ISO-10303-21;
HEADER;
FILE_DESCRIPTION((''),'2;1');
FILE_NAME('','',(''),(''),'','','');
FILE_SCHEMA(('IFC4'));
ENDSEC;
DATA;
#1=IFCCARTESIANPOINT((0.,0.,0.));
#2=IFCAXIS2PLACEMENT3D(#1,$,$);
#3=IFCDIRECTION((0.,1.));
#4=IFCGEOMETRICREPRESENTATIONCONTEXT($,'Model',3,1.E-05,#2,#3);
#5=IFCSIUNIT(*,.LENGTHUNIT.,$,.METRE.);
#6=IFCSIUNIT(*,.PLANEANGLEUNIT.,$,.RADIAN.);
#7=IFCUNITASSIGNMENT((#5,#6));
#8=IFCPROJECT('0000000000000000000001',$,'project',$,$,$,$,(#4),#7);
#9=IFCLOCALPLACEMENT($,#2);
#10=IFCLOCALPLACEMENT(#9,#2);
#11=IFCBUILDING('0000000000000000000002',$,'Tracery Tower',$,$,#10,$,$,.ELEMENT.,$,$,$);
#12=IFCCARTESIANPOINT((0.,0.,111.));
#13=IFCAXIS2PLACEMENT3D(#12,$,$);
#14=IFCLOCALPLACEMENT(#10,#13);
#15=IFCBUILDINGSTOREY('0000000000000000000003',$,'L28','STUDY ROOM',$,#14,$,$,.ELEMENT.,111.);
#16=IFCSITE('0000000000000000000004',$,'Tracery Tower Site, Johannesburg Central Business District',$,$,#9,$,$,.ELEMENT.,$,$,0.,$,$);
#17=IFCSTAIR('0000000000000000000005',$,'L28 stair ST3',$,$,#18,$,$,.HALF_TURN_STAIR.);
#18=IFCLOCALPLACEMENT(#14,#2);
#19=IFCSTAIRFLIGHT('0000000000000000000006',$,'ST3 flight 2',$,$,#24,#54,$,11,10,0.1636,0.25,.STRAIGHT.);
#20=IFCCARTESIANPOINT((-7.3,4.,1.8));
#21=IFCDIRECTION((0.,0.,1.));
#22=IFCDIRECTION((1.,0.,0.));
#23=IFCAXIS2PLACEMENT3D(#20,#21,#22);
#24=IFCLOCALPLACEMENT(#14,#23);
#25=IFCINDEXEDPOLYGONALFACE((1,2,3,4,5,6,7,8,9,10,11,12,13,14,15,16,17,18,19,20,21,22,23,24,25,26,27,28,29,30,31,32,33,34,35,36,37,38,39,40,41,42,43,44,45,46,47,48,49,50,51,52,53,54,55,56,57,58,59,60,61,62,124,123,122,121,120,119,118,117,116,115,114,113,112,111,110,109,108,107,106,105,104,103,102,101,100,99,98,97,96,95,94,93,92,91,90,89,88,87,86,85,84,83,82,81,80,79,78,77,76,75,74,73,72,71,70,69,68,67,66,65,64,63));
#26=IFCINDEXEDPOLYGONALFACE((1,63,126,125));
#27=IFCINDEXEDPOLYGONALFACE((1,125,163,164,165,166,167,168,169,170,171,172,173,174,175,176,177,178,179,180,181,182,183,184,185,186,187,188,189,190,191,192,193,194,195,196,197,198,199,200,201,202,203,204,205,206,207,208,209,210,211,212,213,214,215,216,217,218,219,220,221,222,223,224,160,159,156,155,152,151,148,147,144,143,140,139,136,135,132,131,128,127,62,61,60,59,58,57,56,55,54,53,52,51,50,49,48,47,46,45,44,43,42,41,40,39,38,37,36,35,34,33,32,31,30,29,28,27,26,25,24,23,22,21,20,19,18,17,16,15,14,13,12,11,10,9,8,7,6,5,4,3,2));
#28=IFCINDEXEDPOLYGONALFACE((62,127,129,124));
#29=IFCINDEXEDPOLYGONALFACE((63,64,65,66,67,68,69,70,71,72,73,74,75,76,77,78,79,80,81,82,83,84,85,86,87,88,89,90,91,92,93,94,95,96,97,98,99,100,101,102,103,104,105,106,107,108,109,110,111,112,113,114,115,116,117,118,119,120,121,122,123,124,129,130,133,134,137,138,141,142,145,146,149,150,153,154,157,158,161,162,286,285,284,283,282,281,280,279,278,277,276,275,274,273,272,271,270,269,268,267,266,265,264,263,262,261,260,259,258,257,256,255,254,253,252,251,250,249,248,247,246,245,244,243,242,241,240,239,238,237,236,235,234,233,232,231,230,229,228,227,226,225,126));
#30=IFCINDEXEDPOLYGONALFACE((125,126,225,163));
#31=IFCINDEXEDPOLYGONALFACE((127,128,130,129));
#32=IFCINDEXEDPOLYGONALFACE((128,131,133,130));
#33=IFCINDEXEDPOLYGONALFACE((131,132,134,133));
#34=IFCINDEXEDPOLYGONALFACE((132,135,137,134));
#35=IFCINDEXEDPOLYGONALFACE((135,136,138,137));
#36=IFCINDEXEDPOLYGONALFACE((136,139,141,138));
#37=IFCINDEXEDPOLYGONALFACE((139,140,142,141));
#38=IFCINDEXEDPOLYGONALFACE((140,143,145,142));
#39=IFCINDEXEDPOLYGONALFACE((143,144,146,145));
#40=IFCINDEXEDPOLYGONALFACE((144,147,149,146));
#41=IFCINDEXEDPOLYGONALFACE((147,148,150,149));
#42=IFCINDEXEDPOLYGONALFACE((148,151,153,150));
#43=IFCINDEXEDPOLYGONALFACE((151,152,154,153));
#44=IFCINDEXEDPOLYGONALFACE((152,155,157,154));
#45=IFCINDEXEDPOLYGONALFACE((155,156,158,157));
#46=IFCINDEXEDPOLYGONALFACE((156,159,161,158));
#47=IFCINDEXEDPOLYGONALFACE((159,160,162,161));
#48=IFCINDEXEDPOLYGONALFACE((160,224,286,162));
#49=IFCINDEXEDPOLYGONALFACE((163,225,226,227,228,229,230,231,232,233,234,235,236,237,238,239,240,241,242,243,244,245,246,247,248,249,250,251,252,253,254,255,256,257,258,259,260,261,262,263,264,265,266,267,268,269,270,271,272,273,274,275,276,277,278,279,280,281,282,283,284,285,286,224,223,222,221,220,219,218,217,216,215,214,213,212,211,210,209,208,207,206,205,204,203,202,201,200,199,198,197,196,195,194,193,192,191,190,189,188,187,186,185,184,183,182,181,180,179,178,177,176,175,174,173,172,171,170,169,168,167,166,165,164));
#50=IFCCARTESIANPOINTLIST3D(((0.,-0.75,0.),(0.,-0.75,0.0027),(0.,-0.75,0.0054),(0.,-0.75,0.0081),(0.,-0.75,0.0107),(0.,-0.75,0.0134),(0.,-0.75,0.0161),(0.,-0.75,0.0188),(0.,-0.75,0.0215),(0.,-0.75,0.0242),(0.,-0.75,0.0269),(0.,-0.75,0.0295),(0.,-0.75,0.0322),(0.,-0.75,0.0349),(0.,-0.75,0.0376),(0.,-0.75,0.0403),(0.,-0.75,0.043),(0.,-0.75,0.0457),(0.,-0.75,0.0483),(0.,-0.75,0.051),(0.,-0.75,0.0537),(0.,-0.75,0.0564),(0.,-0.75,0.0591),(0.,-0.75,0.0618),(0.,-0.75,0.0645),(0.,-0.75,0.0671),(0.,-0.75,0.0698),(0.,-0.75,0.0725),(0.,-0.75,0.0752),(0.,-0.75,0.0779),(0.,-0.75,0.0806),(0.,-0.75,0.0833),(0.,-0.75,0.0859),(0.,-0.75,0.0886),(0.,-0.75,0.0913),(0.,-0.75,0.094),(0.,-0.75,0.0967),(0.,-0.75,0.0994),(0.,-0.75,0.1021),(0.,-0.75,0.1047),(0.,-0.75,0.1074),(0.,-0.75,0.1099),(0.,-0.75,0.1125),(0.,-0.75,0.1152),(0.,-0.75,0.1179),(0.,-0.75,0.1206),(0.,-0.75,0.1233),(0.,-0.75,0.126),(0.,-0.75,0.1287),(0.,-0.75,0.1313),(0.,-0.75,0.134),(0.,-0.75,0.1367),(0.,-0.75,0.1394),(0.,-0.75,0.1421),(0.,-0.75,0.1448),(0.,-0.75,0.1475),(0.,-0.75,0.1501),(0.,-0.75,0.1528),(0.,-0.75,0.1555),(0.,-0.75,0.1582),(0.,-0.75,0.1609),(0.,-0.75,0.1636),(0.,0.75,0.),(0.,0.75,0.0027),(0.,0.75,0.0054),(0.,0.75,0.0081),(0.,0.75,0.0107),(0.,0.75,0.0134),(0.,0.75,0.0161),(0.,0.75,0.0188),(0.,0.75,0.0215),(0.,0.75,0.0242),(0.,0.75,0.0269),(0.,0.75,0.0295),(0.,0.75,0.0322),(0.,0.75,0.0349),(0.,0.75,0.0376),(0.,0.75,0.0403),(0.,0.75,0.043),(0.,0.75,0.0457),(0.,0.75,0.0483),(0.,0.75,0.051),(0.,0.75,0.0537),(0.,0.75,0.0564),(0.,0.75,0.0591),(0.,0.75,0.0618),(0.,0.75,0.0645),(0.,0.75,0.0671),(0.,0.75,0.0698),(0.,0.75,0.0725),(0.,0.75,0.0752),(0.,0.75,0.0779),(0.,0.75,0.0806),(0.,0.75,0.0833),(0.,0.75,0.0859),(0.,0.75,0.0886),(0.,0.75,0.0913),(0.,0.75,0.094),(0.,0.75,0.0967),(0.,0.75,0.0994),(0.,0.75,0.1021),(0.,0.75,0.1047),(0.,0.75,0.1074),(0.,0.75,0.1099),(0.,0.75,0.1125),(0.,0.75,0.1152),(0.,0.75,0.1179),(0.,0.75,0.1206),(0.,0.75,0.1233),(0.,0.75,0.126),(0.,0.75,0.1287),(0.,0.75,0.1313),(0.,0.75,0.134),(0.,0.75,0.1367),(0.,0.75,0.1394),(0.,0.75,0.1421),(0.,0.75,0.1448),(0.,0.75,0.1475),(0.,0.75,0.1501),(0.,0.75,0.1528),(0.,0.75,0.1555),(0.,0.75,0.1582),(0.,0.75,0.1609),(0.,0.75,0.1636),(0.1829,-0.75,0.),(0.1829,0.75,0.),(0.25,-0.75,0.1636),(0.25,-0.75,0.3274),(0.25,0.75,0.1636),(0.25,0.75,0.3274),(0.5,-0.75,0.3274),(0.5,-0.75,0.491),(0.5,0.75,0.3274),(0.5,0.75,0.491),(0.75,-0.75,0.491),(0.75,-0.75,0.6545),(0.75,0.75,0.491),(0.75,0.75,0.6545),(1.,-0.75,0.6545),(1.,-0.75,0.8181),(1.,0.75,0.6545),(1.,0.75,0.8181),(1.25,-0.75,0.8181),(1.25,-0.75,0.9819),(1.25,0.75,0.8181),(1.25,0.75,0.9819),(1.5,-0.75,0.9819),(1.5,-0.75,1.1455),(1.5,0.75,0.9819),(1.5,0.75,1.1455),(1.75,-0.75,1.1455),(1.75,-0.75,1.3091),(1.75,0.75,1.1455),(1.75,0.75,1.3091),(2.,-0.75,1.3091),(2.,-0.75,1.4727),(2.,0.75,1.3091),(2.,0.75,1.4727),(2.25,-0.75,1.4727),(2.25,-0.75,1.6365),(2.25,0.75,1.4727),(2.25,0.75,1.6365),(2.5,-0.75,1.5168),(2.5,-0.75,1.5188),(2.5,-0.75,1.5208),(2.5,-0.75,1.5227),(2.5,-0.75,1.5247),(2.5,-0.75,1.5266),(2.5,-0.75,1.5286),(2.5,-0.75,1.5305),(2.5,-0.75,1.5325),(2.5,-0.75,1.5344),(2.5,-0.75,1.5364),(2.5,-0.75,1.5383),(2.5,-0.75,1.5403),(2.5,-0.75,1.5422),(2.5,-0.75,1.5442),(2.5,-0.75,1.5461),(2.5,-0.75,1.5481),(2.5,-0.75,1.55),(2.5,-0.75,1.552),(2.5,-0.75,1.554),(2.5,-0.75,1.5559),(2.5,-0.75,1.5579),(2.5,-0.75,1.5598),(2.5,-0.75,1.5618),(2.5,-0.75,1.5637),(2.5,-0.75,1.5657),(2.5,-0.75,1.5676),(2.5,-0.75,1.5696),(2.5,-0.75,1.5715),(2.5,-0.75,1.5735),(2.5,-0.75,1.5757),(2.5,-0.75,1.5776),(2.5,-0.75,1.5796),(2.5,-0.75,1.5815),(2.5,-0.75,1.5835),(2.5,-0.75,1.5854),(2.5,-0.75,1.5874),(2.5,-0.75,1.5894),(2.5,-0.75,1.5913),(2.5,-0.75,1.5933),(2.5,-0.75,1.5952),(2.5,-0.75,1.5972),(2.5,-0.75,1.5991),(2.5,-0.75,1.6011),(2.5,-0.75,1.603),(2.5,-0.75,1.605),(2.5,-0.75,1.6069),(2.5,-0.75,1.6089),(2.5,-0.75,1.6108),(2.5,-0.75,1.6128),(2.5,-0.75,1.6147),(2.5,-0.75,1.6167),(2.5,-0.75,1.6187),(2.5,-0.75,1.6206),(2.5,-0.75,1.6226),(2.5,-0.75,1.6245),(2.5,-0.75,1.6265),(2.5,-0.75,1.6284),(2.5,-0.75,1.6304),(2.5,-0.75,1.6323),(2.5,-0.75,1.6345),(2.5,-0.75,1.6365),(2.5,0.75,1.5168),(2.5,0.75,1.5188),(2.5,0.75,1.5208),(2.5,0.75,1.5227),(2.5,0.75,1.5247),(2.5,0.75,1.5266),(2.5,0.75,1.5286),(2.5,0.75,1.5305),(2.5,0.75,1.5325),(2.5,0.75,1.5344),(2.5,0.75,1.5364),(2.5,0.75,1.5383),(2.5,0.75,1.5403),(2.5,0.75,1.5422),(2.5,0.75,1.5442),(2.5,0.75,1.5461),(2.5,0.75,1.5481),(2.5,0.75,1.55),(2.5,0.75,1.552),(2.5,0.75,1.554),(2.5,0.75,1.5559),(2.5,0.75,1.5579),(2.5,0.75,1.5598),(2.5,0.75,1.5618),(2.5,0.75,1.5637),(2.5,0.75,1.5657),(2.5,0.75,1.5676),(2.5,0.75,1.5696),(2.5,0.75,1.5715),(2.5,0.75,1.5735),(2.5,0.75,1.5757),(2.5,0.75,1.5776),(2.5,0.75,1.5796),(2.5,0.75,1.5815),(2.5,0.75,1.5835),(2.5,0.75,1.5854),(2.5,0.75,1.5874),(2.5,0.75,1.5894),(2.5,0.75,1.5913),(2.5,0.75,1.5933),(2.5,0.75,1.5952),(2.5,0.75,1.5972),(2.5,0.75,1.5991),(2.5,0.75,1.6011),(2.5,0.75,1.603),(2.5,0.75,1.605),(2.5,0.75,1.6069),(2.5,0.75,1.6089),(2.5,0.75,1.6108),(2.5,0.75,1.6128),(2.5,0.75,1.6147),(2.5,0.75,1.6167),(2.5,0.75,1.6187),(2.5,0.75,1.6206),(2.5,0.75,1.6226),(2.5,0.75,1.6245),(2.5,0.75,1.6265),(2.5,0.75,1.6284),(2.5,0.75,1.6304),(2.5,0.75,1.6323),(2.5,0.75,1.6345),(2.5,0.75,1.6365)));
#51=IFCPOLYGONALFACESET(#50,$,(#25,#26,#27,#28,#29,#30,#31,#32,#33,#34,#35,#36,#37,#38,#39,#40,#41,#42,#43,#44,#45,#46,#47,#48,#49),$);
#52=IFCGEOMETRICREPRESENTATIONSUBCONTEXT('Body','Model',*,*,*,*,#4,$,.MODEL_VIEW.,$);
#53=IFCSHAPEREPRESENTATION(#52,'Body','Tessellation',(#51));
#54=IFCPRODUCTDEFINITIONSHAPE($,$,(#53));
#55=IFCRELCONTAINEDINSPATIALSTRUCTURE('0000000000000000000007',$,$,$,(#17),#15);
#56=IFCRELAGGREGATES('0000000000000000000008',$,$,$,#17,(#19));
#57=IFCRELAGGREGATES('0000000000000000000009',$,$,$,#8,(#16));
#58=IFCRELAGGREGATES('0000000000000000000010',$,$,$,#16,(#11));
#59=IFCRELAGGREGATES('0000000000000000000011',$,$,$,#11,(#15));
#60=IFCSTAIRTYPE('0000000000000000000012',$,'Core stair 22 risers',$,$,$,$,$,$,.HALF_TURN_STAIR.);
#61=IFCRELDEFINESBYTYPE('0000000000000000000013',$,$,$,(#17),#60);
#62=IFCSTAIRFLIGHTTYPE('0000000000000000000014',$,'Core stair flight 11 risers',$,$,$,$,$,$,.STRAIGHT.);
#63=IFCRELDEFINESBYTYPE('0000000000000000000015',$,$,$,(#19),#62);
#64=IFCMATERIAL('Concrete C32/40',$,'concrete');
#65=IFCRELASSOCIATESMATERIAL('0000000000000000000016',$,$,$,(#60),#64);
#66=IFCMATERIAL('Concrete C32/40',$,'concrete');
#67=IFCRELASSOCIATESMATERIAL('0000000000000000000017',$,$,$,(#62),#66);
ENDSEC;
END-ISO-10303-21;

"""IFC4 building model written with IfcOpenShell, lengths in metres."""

from ifc_helpers import new_model, si_unit, direction, frame, origin, place, context, subcontext, project, spatial, polyline, outline, extrude, material, type_object, element, aggregate, save


model = new_model("IFC4")

# Units and contexts
model_context = context("Model", 3, precision=1e-05, world=origin(), true_north=direction((0.0, 1.0)))
body_context = subcontext(model_context, "Body", "Model", "MODEL_VIEW")
ifc_project = project(units=[si_unit("LENGTHUNIT", "METRE"), si_unit("PLANEANGLEUNIT", "RADIAN")], contexts=[model_context])

# Site, building, storey
site_placement = place(None, origin())
site = spatial("IfcSite", under=ifc_project, at=site_placement, Name="Tracery Tower Site, Johannesburg Central Business District", CompositionType="ELEMENT", RefElevation=0.0)
building_placement = place(site_placement, origin())
building = spatial("IfcBuilding", under=site, at=building_placement, Name="Tracery Tower", CompositionType="ELEMENT")
storey_placement = place(building_placement, frame((0.0, 0.0, 111.0)))
storey = spatial("IfcBuildingStorey", under=building, at=storey_placement, Name="L28", Description="STUDY ROOM", CompositionType="ELEMENT", Elevation=111.0)

# Stair, stair flight
ifc_material_1 = material(Name="Concrete C32/40", Category="concrete")
stair_type = type_object("IfcStairType", Name="Core stair 22 risers", PredefinedType="HALF_TURN_STAIR", material=ifc_material_1)
stair_placement = place(storey_placement, origin())
stair = element("IfcStair", 1, at=stair_placement, inside=storey, type_object=stair_type, Name="L28 stair ST3", PredefinedType="HALF_TURN_STAIR")
ifc_material_2 = material(Name="Concrete C32/40", Category="concrete")
stair_flight_type = type_object("IfcStairFlightType", Name="Core stair flight 11 risers", PredefinedType="STRAIGHT", material=ifc_material_2)
stair_flight_1_placement = place(storey_placement, frame((-7.3, 4.0, 1.8), z_axis=(0.0, 0.0, 1.0), x_axis=(1.0, 0.0, 0.0)))
stair_flight_1 = element("IfcStairFlight", 2, at=stair_flight_1_placement, type_object=stair_flight_type, Name="ST3 flight 2", NumberOfRisers=11, NumberOfTreads=10, PredefinedType="STRAIGHT", RiserHeight=0.1636, TreadLength=0.25, context=body_context, shape_type="SweptSolid", body=[
    extrude(outline(polyline([(0.0, 0.0), (0.0, 0.0027), (0.0, 0.0054), (0.0, 0.0081), (0.0, 0.0107), (0.0, 0.0134), (0.0, 0.0161), (0.0, 0.0188), (0.0, 0.0215), (0.0, 0.0242), (0.0, 0.0269), (0.0, 0.0295), (0.0, 0.0322), (0.0, 0.0349), (0.0, 0.0376), (0.0, 0.0403), (0.0, 0.043), (0.0, 0.0457), (0.0, 0.0483), (0.0, 0.051), (0.0, 0.0537), (0.0, 0.0564), (0.0, 0.0591), (0.0, 0.0618), (0.0, 0.0645), (0.0, 0.0671), (0.0, 0.0698), (0.0, 0.0725), (0.0, 0.0752), (0.0, 0.0779), (0.0, 0.0806), (0.0, 0.0833), (0.0, 0.0859), (0.0, 0.0886), (0.0, 0.0913), (0.0, 0.094), (0.0, 0.0967), (0.0, 0.0994), (0.0, 0.1021), (0.0, 0.1047), (0.0, 0.1074), (0.0, 0.1099), (0.0, 0.1125), (0.0, 0.1152), (0.0, 0.1179), (0.0, 0.1206), (0.0, 0.1233), (0.0, 0.126), (0.0, 0.1287), (0.0, 0.1313), (0.0, 0.134), (0.0, 0.1367), (0.0, 0.1394), (0.0, 0.1421), (0.0, 0.1448), (0.0, 0.1475), (0.0, 0.1501), (0.0, 0.1528), (0.0, 0.1555), (0.0, 0.1582), (0.0, 0.1609), (0.0, 0.1636), (0.25, 0.1636), (0.25, 0.3274), (0.5, 0.3274), (0.5, 0.491), (0.75, 0.491), (0.75, 0.6545), (1.0, 0.6545), (1.0, 0.8181), (1.25, 0.8181), (1.25, 0.9819), (1.5, 0.9819), (1.5, 1.1455), (1.75, 1.1455), (1.75, 1.3091), (2.0, 1.3091), (2.0, 1.4727), (2.25, 1.4727), (2.25, 1.6365), (2.5, 1.6365), (2.5, 1.6345), (2.5, 1.6323), (2.5, 1.6304), (2.5, 1.6284), (2.5, 1.6265), (2.5, 1.6245), (2.5, 1.6226), (2.5, 1.6206), (2.5, 1.6187), (2.5, 1.6167), (2.5, 1.6147), (2.5, 1.6128), (2.5, 1.6108), (2.5, 1.6089), (2.5, 1.6069), (2.5, 1.605), (2.5, 1.603), (2.5, 1.6011), (2.5, 1.5991), (2.5, 1.5972), (2.5, 1.5952), (2.5, 1.5933), (2.5, 1.5913), (2.5, 1.5894), (2.5, 1.5874), (2.5, 1.5854), (2.5, 1.5835), (2.5, 1.5815), (2.5, 1.5796), (2.5, 1.5776), (2.5, 1.5757), (2.5, 1.5735), (2.5, 1.5715), (2.5, 1.5696), (2.5, 1.5676), (2.5, 1.5657), (2.5, 1.5637), (2.5, 1.5618), (2.5, 1.5598), (2.5, 1.5579), (2.5, 1.5559), (2.5, 1.554), (2.5, 1.552), (2.5, 1.55), (2.5, 1.5481), (2.5, 1.5461), (2.5, 1.5442), (2.5, 1.5422), (2.5, 1.5403), (2.5, 1.5383), (2.5, 1.5364), (2.5, 1.5344), (2.5, 1.5325), (2.5, 1.5305), (2.5, 1.5286), (2.5, 1.5266), (2.5, 1.5247), (2.5, 1.5227), (2.5, 1.5208), (2.5, 1.5188), (2.5, 1.5168), (0.1829, 0.0), (0.0, 0.0)])), frame((0.0, 0.75, 0.0), z_axis=(0.0, -1.0, 0.0), x_axis=(1.0, 0.0, 0.0)), (0.0, 0.0, 1.0), 1.5),
])
aggregate(stair, [stair_flight_1])

save(model, "model.ifc")
